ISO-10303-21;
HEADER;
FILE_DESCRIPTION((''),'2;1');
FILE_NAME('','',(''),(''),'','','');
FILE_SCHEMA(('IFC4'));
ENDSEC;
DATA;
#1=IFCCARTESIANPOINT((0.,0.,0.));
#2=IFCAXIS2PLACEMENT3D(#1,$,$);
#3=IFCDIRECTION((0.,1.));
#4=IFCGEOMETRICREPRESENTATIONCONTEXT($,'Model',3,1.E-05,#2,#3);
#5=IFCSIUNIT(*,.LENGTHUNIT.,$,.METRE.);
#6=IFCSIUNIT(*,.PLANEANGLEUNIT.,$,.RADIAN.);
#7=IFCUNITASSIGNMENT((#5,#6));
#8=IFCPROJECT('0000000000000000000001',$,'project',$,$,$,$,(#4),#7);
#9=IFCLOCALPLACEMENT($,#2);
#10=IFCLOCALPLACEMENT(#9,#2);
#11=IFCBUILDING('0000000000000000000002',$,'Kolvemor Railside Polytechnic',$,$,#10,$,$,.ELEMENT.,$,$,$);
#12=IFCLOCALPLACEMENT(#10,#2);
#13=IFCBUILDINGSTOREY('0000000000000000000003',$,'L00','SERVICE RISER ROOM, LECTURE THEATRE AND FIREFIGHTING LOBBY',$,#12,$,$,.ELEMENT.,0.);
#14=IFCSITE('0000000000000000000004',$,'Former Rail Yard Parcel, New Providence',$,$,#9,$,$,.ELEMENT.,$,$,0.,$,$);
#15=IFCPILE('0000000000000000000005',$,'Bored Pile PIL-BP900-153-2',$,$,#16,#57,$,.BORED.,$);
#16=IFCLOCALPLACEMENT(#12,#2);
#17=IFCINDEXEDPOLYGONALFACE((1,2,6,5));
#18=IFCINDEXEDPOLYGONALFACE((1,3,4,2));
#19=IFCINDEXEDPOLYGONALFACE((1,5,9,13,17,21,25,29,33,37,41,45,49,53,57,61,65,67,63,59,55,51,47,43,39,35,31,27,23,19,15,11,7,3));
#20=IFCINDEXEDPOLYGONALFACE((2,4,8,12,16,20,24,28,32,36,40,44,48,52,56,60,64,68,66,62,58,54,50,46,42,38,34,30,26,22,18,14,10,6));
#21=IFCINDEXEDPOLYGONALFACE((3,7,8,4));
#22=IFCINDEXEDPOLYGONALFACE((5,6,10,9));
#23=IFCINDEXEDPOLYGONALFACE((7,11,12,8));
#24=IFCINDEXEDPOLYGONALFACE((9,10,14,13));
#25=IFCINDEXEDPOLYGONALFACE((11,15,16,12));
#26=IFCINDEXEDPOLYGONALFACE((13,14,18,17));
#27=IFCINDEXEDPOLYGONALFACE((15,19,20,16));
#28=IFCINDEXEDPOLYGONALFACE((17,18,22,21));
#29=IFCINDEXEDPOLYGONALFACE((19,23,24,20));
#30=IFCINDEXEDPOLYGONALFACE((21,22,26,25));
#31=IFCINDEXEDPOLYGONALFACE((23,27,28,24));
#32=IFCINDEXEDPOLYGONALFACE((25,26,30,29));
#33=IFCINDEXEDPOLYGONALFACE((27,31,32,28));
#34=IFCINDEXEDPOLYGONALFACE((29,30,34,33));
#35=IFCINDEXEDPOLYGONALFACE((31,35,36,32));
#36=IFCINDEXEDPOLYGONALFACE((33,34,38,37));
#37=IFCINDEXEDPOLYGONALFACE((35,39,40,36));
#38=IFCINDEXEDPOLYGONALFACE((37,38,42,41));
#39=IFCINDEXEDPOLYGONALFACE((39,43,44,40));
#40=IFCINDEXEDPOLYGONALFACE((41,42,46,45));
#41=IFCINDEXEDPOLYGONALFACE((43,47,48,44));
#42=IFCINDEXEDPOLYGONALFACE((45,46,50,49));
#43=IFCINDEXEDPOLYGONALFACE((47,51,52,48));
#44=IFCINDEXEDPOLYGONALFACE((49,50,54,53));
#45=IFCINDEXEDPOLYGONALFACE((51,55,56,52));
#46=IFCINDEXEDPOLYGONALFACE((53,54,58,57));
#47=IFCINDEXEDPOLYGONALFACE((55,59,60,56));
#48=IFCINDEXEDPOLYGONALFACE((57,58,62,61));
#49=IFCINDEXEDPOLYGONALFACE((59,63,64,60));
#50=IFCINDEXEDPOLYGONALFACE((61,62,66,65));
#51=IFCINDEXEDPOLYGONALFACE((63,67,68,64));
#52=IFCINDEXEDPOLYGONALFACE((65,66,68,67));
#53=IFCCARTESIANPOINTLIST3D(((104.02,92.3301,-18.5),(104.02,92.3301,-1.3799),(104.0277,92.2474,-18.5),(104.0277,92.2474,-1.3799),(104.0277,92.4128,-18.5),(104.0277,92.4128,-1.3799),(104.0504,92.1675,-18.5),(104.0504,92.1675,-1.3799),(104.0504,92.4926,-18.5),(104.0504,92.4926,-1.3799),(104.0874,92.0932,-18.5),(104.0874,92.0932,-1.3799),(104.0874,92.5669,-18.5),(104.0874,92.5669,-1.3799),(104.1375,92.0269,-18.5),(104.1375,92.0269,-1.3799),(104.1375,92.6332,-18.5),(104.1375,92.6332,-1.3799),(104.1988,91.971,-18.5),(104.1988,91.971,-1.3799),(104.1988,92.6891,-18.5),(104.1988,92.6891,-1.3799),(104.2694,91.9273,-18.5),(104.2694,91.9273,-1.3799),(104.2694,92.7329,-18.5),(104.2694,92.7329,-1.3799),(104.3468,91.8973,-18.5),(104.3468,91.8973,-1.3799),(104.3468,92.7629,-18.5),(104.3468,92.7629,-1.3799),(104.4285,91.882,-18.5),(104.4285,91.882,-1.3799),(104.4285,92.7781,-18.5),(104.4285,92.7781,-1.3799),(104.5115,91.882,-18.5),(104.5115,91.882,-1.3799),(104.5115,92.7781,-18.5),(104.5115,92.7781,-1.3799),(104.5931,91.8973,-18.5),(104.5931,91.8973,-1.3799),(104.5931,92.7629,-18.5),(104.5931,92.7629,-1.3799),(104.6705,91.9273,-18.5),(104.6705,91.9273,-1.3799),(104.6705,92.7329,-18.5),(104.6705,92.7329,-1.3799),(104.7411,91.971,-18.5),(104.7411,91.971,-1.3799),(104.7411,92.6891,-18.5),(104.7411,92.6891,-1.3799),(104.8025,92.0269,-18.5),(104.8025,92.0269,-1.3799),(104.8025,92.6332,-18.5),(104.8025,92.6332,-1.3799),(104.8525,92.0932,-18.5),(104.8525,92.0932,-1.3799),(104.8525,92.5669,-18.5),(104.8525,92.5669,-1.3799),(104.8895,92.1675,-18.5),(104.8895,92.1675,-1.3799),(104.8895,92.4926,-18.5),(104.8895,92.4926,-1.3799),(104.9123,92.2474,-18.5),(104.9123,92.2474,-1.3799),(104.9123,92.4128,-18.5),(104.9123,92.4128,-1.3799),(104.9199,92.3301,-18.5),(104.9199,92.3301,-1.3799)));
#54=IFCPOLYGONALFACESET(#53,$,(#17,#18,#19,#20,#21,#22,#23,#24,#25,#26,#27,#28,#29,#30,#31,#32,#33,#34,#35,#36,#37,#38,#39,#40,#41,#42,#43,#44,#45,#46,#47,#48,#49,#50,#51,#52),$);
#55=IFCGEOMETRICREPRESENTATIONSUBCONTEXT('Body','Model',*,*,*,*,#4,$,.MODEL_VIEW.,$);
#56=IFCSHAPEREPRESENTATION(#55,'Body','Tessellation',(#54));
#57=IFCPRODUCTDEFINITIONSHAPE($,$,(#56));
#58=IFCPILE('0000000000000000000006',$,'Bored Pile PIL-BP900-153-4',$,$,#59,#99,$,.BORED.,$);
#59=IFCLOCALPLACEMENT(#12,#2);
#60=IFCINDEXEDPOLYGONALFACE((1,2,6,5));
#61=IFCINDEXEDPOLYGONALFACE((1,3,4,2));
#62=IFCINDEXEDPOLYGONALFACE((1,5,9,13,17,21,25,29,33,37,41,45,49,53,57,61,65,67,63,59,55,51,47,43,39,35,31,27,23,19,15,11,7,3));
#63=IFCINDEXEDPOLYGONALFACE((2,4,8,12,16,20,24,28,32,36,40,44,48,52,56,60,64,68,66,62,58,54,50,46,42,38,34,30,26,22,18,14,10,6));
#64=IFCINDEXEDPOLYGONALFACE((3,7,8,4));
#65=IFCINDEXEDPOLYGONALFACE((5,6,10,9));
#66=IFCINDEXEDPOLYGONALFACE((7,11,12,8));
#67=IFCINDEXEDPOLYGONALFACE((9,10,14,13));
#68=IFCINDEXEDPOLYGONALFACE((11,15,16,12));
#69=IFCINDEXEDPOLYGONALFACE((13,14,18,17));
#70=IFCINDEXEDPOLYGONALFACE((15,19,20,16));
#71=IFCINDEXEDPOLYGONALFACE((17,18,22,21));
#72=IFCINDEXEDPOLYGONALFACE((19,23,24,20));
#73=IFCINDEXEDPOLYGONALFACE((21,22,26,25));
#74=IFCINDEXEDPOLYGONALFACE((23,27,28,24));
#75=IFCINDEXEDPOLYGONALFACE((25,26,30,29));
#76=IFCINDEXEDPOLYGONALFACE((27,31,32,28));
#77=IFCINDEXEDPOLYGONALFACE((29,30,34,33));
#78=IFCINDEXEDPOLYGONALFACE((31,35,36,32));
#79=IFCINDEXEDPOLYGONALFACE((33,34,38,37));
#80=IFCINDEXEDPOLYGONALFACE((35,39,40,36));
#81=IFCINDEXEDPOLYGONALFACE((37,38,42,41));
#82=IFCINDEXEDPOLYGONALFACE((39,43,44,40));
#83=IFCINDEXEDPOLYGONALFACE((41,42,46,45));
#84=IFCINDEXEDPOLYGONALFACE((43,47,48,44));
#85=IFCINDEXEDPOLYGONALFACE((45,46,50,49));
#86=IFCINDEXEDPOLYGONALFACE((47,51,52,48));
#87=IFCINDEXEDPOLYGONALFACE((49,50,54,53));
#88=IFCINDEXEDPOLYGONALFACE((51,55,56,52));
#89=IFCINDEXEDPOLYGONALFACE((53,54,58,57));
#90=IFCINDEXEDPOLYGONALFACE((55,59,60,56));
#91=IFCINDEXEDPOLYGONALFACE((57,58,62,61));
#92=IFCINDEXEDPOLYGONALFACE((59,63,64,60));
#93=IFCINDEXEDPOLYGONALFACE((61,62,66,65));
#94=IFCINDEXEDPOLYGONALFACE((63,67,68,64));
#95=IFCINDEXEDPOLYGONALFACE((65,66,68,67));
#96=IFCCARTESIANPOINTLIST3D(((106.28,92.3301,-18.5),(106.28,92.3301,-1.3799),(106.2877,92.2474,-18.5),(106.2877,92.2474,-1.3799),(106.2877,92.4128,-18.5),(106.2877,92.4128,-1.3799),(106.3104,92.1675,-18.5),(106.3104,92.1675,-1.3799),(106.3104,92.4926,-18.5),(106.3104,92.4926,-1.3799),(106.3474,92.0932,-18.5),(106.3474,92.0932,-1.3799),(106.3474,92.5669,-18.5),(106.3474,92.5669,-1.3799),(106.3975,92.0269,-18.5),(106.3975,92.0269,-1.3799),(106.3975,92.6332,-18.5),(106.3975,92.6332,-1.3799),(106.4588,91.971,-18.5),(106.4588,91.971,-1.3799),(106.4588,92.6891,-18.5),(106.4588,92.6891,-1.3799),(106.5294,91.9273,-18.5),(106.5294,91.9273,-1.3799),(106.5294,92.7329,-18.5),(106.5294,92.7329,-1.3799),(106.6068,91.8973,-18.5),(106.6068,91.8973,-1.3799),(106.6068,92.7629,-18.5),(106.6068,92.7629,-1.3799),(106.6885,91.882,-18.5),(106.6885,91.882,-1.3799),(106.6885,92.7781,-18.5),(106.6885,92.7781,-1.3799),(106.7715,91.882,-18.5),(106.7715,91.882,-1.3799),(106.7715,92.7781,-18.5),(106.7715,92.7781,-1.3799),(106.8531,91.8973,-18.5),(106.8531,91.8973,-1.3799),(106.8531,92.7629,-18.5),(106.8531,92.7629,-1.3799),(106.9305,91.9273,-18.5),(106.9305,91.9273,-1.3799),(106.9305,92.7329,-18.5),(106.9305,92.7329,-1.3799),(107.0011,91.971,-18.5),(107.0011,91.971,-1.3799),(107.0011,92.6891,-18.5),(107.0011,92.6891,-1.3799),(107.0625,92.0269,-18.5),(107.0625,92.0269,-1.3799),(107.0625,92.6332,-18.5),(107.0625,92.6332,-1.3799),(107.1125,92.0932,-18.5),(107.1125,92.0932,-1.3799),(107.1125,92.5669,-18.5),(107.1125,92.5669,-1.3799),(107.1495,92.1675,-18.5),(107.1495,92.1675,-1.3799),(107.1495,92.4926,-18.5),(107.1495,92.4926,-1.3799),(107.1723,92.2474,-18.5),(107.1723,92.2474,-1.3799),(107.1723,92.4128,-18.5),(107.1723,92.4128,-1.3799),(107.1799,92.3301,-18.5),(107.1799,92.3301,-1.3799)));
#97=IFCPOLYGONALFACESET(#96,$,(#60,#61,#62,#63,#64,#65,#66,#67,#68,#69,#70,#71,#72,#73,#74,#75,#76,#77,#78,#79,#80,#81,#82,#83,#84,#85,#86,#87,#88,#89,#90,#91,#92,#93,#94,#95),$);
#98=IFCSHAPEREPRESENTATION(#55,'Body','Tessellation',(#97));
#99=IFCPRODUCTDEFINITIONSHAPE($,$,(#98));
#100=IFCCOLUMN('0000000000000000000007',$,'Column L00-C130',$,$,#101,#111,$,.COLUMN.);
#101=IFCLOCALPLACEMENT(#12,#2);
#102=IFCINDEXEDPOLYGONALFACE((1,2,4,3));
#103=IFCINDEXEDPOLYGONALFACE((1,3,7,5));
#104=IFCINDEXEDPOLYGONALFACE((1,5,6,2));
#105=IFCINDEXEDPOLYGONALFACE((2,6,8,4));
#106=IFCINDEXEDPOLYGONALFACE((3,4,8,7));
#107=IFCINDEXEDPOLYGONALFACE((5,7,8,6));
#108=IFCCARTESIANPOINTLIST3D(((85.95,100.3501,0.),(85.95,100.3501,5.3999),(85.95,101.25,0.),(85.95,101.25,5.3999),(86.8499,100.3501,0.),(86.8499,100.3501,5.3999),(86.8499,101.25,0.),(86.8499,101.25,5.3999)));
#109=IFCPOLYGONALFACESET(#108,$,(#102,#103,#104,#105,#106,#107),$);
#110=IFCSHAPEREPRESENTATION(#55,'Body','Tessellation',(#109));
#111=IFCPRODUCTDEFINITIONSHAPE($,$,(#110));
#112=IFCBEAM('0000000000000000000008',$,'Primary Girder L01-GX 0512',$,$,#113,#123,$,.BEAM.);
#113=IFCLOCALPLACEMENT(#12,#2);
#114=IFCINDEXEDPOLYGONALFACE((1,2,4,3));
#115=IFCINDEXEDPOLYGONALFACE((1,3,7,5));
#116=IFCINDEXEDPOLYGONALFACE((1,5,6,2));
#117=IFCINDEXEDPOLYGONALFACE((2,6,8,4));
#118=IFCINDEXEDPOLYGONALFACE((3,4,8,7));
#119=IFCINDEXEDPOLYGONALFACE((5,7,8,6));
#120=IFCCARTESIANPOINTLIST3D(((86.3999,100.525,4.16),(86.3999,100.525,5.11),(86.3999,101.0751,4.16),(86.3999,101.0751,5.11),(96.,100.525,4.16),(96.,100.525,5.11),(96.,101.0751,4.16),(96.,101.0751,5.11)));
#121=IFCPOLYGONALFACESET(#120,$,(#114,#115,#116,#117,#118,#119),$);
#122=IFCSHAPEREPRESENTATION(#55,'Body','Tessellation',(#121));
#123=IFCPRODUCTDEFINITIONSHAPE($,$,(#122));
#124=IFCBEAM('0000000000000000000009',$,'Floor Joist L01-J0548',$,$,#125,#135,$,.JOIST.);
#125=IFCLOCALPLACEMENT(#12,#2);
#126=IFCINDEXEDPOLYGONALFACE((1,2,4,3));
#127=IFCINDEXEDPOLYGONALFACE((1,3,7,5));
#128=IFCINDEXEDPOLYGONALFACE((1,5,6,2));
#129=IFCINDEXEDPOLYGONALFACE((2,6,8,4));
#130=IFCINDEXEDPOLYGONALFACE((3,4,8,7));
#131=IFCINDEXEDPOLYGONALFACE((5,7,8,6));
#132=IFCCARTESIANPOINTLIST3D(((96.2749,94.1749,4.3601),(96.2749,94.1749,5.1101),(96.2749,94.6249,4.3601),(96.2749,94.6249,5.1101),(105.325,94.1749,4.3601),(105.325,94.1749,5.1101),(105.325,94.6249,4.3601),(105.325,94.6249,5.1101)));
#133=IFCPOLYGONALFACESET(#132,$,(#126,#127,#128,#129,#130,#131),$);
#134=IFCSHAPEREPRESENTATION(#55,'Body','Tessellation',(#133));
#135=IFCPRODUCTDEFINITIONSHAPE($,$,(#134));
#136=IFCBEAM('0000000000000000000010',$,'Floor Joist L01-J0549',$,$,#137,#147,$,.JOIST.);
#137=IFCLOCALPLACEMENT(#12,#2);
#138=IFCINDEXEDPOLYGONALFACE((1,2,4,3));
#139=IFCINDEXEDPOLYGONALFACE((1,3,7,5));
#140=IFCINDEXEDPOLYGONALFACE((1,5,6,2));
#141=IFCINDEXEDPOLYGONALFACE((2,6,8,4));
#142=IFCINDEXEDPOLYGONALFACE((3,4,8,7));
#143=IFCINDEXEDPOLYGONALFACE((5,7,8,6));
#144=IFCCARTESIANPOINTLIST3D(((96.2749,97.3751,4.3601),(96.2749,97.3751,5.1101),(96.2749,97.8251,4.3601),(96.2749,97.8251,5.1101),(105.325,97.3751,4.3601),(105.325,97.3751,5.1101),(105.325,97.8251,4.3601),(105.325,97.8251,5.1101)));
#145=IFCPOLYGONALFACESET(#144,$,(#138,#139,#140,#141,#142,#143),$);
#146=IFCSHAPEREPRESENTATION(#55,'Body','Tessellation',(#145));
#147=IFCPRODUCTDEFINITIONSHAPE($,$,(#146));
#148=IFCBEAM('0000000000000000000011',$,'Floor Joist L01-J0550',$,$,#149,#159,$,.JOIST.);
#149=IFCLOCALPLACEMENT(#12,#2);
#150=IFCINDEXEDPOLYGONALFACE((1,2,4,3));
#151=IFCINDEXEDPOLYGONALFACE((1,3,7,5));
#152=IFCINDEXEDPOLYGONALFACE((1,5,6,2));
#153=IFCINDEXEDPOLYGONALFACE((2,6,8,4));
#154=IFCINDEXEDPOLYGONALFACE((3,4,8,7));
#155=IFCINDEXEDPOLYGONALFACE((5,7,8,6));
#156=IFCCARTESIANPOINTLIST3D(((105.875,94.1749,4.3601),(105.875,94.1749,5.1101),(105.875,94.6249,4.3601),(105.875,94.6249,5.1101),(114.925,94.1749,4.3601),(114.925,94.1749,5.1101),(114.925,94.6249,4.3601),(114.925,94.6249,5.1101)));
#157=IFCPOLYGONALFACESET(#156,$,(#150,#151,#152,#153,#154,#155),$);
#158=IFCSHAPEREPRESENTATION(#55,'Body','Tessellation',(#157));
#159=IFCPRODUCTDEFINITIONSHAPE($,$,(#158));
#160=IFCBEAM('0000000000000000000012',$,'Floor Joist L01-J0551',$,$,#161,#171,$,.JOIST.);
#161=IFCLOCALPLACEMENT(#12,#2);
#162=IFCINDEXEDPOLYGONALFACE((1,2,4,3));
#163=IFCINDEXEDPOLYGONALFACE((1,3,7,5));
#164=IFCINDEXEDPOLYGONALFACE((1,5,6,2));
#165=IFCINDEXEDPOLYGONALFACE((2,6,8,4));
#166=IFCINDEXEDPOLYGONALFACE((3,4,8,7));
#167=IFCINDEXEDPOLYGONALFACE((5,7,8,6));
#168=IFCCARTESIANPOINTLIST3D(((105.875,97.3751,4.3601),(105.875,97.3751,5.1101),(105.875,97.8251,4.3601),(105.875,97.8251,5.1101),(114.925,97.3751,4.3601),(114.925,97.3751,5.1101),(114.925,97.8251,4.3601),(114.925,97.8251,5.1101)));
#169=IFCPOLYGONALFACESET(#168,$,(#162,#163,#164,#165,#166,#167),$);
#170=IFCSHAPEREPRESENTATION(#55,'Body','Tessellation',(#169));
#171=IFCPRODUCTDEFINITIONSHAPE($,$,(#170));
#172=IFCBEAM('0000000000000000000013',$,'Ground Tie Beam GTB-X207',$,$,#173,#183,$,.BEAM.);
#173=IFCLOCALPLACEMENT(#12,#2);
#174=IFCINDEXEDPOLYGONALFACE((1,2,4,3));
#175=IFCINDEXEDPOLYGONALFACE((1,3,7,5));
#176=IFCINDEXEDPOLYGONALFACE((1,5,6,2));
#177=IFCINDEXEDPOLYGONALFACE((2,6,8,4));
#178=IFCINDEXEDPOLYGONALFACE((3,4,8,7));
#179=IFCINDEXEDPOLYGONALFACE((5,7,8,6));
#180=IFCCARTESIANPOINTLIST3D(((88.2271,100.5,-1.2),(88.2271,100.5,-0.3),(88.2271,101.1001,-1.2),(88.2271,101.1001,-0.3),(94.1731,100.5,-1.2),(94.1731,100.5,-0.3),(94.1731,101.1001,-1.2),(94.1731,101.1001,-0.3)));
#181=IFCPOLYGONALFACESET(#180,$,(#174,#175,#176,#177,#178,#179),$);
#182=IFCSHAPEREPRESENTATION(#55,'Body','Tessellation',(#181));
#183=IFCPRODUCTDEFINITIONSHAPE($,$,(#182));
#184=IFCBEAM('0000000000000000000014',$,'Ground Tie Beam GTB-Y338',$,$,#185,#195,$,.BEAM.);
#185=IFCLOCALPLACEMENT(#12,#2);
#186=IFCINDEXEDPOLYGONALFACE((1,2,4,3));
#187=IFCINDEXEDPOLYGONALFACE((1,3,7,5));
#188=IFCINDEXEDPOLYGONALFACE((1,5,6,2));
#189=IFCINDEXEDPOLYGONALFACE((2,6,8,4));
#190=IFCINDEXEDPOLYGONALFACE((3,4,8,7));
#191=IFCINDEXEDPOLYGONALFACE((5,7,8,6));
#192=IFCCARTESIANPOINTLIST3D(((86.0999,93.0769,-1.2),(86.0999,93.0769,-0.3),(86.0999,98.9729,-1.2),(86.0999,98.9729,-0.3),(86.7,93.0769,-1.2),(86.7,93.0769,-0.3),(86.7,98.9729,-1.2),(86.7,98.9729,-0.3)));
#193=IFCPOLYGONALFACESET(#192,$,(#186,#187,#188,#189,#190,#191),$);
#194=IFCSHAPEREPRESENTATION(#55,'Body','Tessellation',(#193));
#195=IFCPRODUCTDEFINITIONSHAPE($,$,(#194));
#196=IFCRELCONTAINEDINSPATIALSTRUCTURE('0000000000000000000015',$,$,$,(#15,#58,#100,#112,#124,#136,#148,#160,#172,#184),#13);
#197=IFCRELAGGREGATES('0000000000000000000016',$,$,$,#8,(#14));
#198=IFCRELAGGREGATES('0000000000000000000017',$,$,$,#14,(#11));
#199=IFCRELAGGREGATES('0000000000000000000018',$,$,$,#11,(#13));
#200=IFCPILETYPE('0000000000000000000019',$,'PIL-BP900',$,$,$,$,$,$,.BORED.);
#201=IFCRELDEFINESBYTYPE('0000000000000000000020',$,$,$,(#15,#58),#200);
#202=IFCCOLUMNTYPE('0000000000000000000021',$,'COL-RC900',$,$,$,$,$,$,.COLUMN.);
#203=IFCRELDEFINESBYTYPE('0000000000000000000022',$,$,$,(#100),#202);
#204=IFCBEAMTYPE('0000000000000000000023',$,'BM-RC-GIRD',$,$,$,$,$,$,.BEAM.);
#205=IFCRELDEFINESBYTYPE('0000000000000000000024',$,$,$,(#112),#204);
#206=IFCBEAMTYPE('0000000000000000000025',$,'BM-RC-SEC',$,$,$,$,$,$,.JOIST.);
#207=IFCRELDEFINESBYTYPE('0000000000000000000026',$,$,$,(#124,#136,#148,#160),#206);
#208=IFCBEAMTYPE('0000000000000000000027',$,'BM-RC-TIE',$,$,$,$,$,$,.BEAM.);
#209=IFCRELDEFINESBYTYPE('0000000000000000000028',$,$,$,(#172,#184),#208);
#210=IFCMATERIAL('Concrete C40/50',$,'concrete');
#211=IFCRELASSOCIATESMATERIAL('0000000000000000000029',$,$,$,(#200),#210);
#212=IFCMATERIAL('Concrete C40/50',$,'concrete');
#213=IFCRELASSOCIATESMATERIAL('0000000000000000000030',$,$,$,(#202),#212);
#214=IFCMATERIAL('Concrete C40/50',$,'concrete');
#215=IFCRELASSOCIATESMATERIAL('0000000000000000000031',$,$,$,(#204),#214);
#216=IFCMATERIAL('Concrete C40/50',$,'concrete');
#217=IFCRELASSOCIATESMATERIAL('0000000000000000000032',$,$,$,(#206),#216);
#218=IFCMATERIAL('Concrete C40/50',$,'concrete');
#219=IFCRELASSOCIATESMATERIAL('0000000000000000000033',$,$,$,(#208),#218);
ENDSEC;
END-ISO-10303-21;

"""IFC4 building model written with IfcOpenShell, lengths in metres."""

from ifc_helpers import new_model, si_unit, direction, frame, origin, origin_2d, place, context, subcontext, project, spatial, rectangle, circle, extrude, material, material_profile, profile_set, type_object, element, save


model = new_model("IFC4")

# Units and contexts
model_context = context("Model", 3, precision=1e-05, world=origin(), true_north=direction((0.0, 1.0)))
body_context = subcontext(model_context, "Body", "Model", "MODEL_VIEW")
ifc_project = project(units=[si_unit("LENGTHUNIT", "METRE"), si_unit("PLANEANGLEUNIT", "RADIAN")], contexts=[model_context])

# Site, building, storey
site_placement = place(None, origin())
site = spatial("IfcSite", under=ifc_project, at=site_placement, Name="Former Rail Yard Parcel, New Providence", CompositionType="ELEMENT", RefElevation=0.0)
building_placement = place(site_placement, origin())
building = spatial("IfcBuilding", under=site, at=building_placement, Name="Kolvemor Railside Polytechnic", CompositionType="ELEMENT")
storey_placement = place(building_placement, origin())
storey = spatial("IfcBuildingStorey", under=building, at=storey_placement, Name="L00", Description="SERVICE RISER ROOM, LECTURE THEATRE AND FIREFIGHTING LOBBY", CompositionType="ELEMENT", Elevation=0.0)

# Piles
ifc_material_1 = material(Name="Concrete C40/50", Category="concrete")
ifc_material_profile_1 = material_profile(ifc_material_1, circle(Radius=0.45, at=origin_2d()), Name="BP900")
ifc_profile_set_1 = profile_set([ifc_material_profile_1], Name="Concrete C40/50")
pile_type_1 = type_object("IfcPileType", Name="PIL-BP900", PredefinedType="BORED", material=ifc_profile_set_1)
for number, where, z_axis, x_axis, name in (
    (1, (104.47, 92.3301, -1.3799), (0.0, 0.0, -1.0), (1.0, 0.0, 0.0), "Bored Pile PIL-BP900-153-2"),
    (2, (106.73, 92.3301, -1.3799), (0.0, 0.0, -1.0), (1.0, 0.0, 0.0), "Bored Pile PIL-BP900-153-4"),
):
    element("IfcPile", number, at=place(storey_placement, frame(where, z_axis=z_axis, x_axis=x_axis)), inside=storey, type_object=pile_type_1, Name=name, PredefinedType="BORED", context=body_context, shape_type="SweptSolid", body=[
        extrude(circle(Radius=0.45, at=origin_2d()), origin(), (0.0, 0.0, 1.0), 17.1201),
    ])

# Column
ifc_material_2 = material(Name="Concrete C40/50", Category="concrete")
ifc_material_profile_2 = material_profile(ifc_material_2, rectangle(XDim=0.8999, YDim=0.8999, at=origin_2d()), Name="RC900x900")
ifc_profile_set_2 = profile_set([ifc_material_profile_2], Name="Concrete C40/50")
column_type = type_object("IfcColumnType", Name="COL-RC900", PredefinedType="COLUMN", material=ifc_profile_set_2)
column_placement = place(storey_placement, frame((86.3999, 100.8, 0.0), z_axis=(0.0, 0.0, 1.0), x_axis=(1.0, 0.0, 0.0)))
element("IfcColumn", 3, at=column_placement, inside=storey, type_object=column_type, Name="Column L00-C130", PredefinedType="COLUMN", context=body_context, shape_type="SweptSolid", body=[
    extrude(rectangle(XDim=0.8999, YDim=0.8999, at=origin_2d()), origin(), (0.0, 0.0, 1.0), 5.3999),
])

# Beams
ifc_material_3 = material(Name="Concrete C40/50", Category="concrete")
ifc_material_profile_3 = material_profile(ifc_material_3, rectangle(XDim=0.55, YDim=0.95, at=origin_2d()), Name="RC550x950")
ifc_profile_set_3 = profile_set([ifc_material_profile_3], Name="Concrete C40/50")
beam_type_1 = type_object("IfcBeamType", Name="BM-RC-GIRD", PredefinedType="BEAM", material=ifc_profile_set_3)
beam_1_placement = place(storey_placement, frame((86.3999, 100.8, 4.635), z_axis=(1.0, 0.0, 0.0), x_axis=(0.0, 1.0, 0.0)))
element("IfcBeam", 4, at=beam_1_placement, inside=storey, type_object=beam_type_1, Name="Primary Girder L01-GX 0512", PredefinedType="BEAM", context=body_context, shape_type="SweptSolid", body=[
    extrude(rectangle(XDim=0.55, YDim=0.95, at=origin_2d()), origin(), (0.0, 0.0, 1.0), 9.6001),
])
ifc_material_4 = material(Name="Concrete C40/50", Category="concrete")
ifc_material_profile_4 = material_profile(ifc_material_4, rectangle(XDim=0.45, YDim=0.75, at=origin_2d()), Name="RC450x750")
ifc_profile_set_4 = profile_set([ifc_material_profile_4], Name="Concrete C40/50")
beam_type_2 = type_object("IfcBeamType", Name="BM-RC-SEC", PredefinedType="JOIST", material=ifc_profile_set_4)
for number, where, z_axis, x_axis, name in (
    (5, (96.2749, 94.3999, 4.7351), (1.0, 0.0, 0.0), (0.0, 1.0, 0.0), "Floor Joist L01-J0548"),
    (6, (96.2749, 97.6001, 4.7351), (1.0, 0.0, 0.0), (0.0, 1.0, 0.0), "Floor Joist L01-J0549"),
    (7, (105.875, 94.3999, 4.7351), (1.0, 0.0, 0.0), (0.0, 1.0, 0.0), "Floor Joist L01-J0550"),
    (8, (105.875, 97.6001, 4.7351), (1.0, 0.0, 0.0), (0.0, 1.0, 0.0), "Floor Joist L01-J0551"),
):
    element("IfcBeam", number, at=place(storey_placement, frame(where, z_axis=z_axis, x_axis=x_axis)), inside=storey, type_object=beam_type_2, Name=name, PredefinedType="JOIST", context=body_context, shape_type="SweptSolid", body=[
        extrude(rectangle(XDim=0.45, YDim=0.75, at=origin_2d()), origin(), (0.0, 0.0, 1.0), 9.05),
    ])
ifc_material_5 = material(Name="Concrete C40/50", Category="concrete")
ifc_material_profile_5 = material_profile(ifc_material_5, rectangle(XDim=0.6001, YDim=0.8999, at=origin_2d()), Name="RC600x900")
ifc_profile_set_5 = profile_set([ifc_material_profile_5], Name="Concrete C40/50")
beam_type_3 = type_object("IfcBeamType", Name="BM-RC-TIE", PredefinedType="BEAM", material=ifc_profile_set_5)
beam_2_placement = place(storey_placement, frame((88.2271, 100.8, -0.75), z_axis=(1.0, 0.0, 0.0), x_axis=(0.0, 1.0, 0.0)))
element("IfcBeam", 9, at=beam_2_placement, inside=storey, type_object=beam_type_3, Name="Ground Tie Beam GTB-X207", PredefinedType="BEAM", context=body_context, shape_type="SweptSolid", body=[
    extrude(rectangle(XDim=0.6001, YDim=0.8999, at=origin_2d()), origin(), (0.0, 0.0, 1.0), 5.946),
])
for number, where, z_axis, x_axis, name in (
    (10, (86.3999, 93.0769, -0.75), (0.0, 1.0, 0.0), (-1.0, 0.0, 0.0), "Ground Tie Beam GTB-Y338"),
):
    element("IfcBeam", number, at=place(storey_placement, frame(where, z_axis=z_axis, x_axis=x_axis)), inside=storey, type_object=beam_type_3, Name=name, PredefinedType="BEAM", context=body_context, shape_type="SweptSolid", body=[
        extrude(rectangle(XDim=0.6001, YDim=0.8999, at=origin_2d()), origin(), (0.0, 0.0, 1.0), 5.896),
    ])

save(model, "model.ifc")
